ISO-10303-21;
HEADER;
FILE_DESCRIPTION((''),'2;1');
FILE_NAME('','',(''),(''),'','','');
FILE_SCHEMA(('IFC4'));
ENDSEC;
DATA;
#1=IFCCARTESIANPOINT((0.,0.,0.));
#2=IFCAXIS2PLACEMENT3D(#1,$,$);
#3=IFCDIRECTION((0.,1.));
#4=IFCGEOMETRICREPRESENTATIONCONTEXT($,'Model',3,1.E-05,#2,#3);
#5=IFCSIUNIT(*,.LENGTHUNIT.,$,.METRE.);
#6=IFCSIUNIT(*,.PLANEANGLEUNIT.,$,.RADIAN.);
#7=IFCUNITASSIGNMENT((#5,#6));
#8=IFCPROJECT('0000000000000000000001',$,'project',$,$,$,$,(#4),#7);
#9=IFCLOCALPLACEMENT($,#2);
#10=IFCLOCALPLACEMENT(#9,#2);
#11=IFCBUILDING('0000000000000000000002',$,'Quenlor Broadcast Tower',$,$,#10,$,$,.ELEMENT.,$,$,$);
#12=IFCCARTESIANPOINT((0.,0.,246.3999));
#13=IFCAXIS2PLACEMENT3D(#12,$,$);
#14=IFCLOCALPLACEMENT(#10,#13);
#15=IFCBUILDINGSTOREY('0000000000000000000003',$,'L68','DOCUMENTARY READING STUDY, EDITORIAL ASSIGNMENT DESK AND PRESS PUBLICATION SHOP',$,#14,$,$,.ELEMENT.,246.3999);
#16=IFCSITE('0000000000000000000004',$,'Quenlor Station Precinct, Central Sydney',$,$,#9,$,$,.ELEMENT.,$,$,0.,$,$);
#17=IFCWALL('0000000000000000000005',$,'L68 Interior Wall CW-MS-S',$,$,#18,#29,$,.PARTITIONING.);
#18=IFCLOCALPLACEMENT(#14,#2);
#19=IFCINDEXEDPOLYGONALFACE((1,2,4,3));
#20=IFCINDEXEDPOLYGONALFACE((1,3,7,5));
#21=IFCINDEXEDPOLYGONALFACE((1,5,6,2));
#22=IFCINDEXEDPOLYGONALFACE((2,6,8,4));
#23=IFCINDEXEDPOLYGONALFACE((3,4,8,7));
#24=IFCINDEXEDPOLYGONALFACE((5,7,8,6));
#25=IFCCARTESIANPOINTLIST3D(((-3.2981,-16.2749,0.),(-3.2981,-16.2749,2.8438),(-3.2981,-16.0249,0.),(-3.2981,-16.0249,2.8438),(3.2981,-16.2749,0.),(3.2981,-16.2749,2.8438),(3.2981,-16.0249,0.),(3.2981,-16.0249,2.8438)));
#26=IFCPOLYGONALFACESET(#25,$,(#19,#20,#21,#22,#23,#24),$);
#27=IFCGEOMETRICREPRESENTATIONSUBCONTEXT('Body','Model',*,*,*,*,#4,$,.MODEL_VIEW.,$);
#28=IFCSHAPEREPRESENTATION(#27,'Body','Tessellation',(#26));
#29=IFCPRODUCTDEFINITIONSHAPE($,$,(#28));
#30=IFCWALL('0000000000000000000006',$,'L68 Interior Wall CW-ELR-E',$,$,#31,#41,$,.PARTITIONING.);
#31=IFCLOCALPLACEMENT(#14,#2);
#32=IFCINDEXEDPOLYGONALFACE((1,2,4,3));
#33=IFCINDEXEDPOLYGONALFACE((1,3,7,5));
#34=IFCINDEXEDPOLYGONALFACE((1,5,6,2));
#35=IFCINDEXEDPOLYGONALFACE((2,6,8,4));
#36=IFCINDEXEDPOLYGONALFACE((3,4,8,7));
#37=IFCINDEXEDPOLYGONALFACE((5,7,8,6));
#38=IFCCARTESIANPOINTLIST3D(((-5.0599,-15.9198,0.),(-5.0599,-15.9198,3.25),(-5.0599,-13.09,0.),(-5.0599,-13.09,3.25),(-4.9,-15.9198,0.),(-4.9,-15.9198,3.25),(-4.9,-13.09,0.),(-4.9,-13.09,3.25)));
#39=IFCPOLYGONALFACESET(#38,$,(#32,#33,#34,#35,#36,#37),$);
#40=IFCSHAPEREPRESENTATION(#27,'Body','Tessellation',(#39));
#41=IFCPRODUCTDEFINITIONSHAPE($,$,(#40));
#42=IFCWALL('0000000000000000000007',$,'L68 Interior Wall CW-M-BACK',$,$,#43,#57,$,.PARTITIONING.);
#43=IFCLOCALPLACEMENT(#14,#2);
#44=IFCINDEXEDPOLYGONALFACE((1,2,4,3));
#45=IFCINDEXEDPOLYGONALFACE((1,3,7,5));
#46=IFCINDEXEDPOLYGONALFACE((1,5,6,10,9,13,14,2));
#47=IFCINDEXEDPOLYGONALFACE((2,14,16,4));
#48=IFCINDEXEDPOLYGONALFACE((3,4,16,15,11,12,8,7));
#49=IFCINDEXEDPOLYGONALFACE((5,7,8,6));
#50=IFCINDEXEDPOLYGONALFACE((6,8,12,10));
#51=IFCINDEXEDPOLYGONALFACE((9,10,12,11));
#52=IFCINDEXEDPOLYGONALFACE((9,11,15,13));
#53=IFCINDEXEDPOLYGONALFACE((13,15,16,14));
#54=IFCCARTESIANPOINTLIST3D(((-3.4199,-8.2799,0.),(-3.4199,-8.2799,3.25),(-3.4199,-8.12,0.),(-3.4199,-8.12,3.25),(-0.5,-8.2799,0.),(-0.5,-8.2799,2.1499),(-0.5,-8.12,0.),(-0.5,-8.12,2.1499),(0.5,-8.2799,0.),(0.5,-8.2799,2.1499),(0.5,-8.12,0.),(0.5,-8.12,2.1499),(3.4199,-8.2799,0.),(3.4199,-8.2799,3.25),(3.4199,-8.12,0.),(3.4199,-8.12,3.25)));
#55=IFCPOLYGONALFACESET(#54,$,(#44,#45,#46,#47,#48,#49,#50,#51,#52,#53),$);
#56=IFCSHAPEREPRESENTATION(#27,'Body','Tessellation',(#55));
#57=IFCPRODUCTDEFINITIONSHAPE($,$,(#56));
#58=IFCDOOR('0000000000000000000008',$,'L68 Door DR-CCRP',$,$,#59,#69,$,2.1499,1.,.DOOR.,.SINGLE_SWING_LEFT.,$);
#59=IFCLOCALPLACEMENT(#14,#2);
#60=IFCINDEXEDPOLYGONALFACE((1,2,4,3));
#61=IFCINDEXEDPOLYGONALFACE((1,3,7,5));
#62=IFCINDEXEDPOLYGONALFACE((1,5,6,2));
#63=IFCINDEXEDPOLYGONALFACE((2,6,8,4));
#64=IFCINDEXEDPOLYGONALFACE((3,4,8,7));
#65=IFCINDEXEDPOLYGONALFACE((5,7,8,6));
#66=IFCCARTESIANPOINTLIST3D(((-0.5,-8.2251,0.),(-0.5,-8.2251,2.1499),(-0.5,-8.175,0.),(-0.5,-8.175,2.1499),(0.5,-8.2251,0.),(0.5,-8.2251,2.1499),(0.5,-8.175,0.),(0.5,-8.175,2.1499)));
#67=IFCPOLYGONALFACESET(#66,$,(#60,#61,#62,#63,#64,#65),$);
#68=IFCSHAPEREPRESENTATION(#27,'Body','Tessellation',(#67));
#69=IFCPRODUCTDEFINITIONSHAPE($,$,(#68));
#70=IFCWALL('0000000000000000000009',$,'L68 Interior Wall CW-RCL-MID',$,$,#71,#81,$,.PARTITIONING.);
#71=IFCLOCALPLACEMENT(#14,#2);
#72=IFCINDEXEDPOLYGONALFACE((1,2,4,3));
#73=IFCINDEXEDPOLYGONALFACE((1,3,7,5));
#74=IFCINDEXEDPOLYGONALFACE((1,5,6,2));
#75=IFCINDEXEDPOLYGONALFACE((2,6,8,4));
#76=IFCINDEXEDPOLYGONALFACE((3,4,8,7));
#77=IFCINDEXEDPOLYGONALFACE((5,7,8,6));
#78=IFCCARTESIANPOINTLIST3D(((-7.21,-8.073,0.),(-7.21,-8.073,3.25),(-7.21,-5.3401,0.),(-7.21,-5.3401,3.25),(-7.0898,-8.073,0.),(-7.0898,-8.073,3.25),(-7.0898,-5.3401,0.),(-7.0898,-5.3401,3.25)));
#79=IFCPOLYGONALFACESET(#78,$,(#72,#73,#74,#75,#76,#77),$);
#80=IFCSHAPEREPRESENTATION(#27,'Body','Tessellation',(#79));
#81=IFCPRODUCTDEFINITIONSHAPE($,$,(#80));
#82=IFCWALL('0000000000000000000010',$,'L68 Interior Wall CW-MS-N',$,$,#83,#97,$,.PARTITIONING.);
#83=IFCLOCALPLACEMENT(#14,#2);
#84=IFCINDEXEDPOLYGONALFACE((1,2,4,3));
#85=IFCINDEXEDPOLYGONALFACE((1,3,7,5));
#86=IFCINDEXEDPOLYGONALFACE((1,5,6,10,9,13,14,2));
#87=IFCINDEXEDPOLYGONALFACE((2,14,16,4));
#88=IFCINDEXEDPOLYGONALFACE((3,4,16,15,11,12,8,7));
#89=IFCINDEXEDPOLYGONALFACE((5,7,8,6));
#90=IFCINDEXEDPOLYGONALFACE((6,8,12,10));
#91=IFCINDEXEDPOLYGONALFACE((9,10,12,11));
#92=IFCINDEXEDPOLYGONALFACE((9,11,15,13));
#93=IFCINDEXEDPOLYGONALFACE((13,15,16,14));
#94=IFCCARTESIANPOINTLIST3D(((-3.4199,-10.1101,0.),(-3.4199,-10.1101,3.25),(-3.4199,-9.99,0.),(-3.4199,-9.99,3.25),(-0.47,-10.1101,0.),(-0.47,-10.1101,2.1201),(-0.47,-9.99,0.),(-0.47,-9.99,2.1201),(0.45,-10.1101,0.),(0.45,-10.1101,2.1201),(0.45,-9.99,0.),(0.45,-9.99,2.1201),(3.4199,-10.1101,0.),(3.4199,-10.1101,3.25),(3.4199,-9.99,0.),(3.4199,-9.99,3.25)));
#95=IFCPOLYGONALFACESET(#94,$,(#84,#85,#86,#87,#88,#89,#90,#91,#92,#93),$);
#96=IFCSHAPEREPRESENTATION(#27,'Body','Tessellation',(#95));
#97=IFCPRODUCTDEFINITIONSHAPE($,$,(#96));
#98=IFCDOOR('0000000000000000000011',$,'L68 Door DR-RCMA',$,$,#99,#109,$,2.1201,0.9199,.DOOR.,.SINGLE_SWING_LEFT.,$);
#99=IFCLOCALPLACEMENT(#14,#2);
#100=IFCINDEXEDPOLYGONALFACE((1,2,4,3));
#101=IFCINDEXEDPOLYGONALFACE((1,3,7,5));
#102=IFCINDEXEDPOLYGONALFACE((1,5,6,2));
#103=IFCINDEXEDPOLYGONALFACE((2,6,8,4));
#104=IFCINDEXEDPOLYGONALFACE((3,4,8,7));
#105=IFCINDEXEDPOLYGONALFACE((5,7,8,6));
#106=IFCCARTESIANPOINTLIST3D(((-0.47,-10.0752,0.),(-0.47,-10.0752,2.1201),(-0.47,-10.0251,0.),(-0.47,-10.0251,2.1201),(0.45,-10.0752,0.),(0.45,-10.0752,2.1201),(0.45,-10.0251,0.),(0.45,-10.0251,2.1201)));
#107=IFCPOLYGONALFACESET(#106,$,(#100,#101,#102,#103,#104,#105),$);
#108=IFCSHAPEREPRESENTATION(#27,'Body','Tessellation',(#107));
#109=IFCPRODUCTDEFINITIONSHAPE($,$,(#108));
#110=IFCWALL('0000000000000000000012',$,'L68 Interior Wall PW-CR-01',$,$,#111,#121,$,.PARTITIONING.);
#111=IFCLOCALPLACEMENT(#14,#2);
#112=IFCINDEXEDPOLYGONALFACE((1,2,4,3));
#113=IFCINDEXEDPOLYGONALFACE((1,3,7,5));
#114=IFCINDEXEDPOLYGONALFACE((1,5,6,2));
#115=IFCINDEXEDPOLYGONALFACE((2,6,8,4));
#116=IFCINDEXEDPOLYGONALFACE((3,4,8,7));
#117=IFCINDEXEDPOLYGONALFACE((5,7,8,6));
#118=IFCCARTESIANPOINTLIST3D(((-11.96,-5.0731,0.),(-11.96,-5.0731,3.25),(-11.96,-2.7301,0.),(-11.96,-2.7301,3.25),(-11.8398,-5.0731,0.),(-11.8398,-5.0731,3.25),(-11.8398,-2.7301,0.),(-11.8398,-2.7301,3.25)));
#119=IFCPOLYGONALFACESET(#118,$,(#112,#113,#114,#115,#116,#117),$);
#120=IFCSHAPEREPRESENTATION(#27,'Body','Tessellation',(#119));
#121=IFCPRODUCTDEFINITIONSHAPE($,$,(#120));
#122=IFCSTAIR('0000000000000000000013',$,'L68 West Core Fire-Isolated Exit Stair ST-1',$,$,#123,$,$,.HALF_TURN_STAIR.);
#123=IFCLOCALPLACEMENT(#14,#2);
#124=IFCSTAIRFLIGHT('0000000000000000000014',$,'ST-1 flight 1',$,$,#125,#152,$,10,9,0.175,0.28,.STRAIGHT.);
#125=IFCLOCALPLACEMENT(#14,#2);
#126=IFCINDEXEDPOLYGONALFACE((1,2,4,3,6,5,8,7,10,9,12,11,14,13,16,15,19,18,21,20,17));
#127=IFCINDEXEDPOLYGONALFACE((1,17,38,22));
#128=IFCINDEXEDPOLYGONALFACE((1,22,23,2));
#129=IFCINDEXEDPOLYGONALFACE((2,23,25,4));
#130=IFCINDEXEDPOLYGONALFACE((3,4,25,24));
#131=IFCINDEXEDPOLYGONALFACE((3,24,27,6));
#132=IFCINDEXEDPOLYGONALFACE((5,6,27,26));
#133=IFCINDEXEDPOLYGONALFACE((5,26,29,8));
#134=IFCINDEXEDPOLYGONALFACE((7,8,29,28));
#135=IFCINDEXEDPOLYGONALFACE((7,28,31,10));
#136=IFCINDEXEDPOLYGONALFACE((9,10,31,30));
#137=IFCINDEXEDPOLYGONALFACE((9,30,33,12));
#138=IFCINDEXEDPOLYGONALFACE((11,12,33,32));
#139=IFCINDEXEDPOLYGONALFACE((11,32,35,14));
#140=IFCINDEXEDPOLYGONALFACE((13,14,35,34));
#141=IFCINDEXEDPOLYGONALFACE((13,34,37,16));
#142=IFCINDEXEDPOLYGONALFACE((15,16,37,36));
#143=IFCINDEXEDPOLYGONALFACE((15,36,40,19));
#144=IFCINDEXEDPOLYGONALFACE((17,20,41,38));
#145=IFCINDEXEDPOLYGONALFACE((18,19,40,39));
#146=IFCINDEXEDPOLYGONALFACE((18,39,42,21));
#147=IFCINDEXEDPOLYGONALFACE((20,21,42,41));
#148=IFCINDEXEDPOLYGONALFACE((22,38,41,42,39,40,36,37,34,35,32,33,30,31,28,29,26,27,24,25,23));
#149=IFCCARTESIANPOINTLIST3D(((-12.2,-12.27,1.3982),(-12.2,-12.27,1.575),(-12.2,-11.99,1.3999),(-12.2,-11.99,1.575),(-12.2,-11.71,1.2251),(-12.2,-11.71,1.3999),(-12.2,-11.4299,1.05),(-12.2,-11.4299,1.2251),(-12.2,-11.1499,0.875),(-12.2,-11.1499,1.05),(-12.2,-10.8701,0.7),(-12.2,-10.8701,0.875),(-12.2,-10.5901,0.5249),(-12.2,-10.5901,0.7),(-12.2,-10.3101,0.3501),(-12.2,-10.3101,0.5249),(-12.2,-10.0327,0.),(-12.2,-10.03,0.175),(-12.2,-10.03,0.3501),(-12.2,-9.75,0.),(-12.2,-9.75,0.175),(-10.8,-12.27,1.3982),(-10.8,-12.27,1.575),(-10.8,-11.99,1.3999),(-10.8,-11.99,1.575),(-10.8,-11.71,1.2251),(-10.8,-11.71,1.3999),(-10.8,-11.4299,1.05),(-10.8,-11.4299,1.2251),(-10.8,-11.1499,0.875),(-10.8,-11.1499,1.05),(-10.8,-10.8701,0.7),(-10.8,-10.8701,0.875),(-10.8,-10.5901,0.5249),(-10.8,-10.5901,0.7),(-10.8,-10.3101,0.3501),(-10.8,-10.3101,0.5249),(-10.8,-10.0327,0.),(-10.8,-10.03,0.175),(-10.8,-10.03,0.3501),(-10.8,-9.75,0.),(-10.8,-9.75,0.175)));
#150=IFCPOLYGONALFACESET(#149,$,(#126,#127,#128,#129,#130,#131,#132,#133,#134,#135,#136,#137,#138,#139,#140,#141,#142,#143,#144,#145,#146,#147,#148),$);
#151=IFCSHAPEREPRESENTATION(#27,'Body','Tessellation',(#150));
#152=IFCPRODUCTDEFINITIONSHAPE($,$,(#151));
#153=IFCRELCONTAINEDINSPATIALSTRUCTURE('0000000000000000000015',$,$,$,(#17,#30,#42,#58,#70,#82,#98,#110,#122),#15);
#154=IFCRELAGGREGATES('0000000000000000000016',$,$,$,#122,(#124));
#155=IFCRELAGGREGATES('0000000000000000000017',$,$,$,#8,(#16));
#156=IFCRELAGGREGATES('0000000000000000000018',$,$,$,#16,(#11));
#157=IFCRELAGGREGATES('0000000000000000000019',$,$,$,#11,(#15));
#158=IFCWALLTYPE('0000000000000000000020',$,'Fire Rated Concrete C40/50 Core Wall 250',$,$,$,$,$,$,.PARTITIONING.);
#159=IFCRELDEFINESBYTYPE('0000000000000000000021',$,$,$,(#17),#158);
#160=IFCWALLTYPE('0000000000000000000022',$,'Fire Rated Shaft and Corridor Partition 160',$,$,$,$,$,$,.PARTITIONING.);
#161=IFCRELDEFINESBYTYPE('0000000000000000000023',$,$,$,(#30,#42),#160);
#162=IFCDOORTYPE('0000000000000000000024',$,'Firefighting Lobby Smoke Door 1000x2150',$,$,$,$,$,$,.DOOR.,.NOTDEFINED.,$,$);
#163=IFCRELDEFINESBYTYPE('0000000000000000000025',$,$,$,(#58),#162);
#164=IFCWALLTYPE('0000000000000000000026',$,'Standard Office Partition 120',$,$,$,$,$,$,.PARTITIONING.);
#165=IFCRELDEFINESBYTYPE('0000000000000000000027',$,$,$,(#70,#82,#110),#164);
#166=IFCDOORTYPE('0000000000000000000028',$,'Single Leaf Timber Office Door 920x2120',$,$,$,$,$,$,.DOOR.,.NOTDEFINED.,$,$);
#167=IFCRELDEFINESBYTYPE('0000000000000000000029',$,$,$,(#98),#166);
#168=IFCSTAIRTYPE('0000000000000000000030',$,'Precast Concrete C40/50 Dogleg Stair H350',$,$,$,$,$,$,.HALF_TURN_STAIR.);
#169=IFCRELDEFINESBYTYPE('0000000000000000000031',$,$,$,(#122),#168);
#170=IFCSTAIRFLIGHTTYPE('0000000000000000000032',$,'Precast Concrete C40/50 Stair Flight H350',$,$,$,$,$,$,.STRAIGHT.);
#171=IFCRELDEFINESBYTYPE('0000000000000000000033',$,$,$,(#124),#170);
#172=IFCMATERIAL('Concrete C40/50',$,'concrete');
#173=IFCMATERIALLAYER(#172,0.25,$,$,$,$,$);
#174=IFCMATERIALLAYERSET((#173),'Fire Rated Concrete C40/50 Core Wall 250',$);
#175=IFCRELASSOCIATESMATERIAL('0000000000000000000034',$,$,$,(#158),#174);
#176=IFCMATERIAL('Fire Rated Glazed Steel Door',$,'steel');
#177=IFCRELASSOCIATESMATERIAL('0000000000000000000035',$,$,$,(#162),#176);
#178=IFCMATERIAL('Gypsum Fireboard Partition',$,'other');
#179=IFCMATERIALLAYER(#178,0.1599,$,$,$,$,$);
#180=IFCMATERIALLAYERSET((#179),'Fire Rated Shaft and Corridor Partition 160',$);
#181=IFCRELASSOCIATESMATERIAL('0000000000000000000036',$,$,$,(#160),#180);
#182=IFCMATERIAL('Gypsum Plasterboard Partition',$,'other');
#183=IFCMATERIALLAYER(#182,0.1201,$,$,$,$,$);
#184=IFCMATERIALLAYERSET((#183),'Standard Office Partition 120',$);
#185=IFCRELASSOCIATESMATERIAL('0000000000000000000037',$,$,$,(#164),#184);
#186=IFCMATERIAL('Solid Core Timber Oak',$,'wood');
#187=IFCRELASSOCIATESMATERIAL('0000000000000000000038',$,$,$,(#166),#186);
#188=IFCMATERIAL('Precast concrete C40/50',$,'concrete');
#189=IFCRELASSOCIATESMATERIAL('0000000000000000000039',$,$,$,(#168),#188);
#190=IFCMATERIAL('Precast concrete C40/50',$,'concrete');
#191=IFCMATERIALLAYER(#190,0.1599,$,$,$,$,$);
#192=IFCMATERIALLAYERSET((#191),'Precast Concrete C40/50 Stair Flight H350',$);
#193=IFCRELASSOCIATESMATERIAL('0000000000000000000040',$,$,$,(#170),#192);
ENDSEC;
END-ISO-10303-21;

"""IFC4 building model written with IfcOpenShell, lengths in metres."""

from ifc_helpers import new_model, si_unit, direction, frame, frame_2d, origin, place, context, subcontext, project, spatial, polyline, rectangle, outline, extrude, material, layer, layer_set, type_object, element, fill, aggregate, save


model = new_model("IFC4")

# Units and contexts
model_context = context("Model", 3, precision=1e-05, world=origin(), true_north=direction((0.0, 1.0)))
body_context = subcontext(model_context, "Body", "Model", "MODEL_VIEW")
ifc_project = project(units=[si_unit("LENGTHUNIT", "METRE"), si_unit("PLANEANGLEUNIT", "RADIAN")], contexts=[model_context])

# Site, building, storey
site_placement = place(None, origin())
site = spatial("IfcSite", under=ifc_project, at=site_placement, Name="Quenlor Station Precinct, Central Sydney", CompositionType="ELEMENT", RefElevation=0.0)
building_placement = place(site_placement, origin())
building = spatial("IfcBuilding", under=site, at=building_placement, Name="Quenlor Broadcast Tower", CompositionType="ELEMENT")
storey_placement = place(building_placement, frame((0.0, 0.0, 246.3999)))
storey = spatial("IfcBuildingStorey", under=building, at=storey_placement, Name="L68", Description="DOCUMENTARY READING STUDY, EDITORIAL ASSIGNMENT DESK AND PRESS PUBLICATION SHOP", CompositionType="ELEMENT", Elevation=246.3999)

# Shared definitions
ifc_material_1 = material(Name="Concrete C40/50", Category="concrete")
ifc_layer_1 = layer(ifc_material_1, 0.25)
ifc_layer_set_1 = layer_set([ifc_layer_1], Name="Fire Rated Concrete C40/50 Core Wall 250")
wall_type_1 = type_object("IfcWallType", Name="Fire Rated Concrete C40/50 Core Wall 250", PredefinedType="PARTITIONING", material=ifc_layer_set_1)

# Shared definitions
ifc_material_2 = material(Name="Fire Rated Glazed Steel Door", Category="steel")
door_type_1 = type_object("IfcDoorType", Name="Firefighting Lobby Smoke Door 1000x2150", OperationType="NOTDEFINED", PredefinedType="DOOR", material=ifc_material_2)

# Walls
wall_1_placement = place(storey_placement, frame((-3.2981, -16.1499, 0.0), z_axis=(0.0, 0.0, 1.0), x_axis=(1.0, 0.0, 0.0)))
element("IfcWall", 1, at=wall_1_placement, inside=storey, type_object=wall_type_1, Name="L68 Interior Wall CW-MS-S", PredefinedType="PARTITIONING", context=body_context, shape_type="SweptSolid", body=[
    extrude(rectangle(XDim=6.5962, YDim=0.25, at=frame_2d((3.2981, 0.0))), origin(), (0.0, 0.0, 1.0), 2.8438),
])
ifc_material_3 = material(Name="Gypsum Fireboard Partition", Category="other")
ifc_layer_2 = layer(ifc_material_3, 0.1599)
ifc_layer_set_2 = layer_set([ifc_layer_2], Name="Fire Rated Shaft and Corridor Partition 160")
wall_type_2 = type_object("IfcWallType", Name="Fire Rated Shaft and Corridor Partition 160", PredefinedType="PARTITIONING", material=ifc_layer_set_2)
wall_2_placement = place(storey_placement, frame((-4.98, -15.9199, 0.0), z_axis=(0.0, 0.0, 1.0), x_axis=(0.0, 1.0, 0.0)))
element("IfcWall", 2, at=wall_2_placement, inside=storey, type_object=wall_type_2, Name="L68 Interior Wall CW-ELR-E", PredefinedType="PARTITIONING", context=body_context, shape_type="SweptSolid", body=[
    extrude(rectangle(XDim=2.8298, YDim=0.1599, at=frame_2d((1.415, 0.0))), origin(), (0.0, 0.0, 1.0), 3.25),
])

# Wall, opening, door
wall_3_placement = place(storey_placement, frame((-3.4199, -8.2, 0.0), z_axis=(0.0, 0.0, 1.0), x_axis=(1.0, 0.0, 0.0)))
wall_3 = element("IfcWall", 3, at=wall_3_placement, inside=storey, type_object=wall_type_2, Name="L68 Interior Wall CW-M-BACK", PredefinedType="PARTITIONING", context=body_context, shape_type="SweptSolid", body=[
    extrude(rectangle(XDim=6.8398, YDim=0.1599, at=frame_2d((3.4199, 0.0))), origin(), (0.0, 0.0, 1.0), 3.25),
])
opening_1_placement = place(wall_3_placement, frame((2.9199, 0.0, 0.0)))
opening_1 = element("IfcOpeningElement", 4, at=opening_1_placement, cuts=wall_3, PredefinedType="OPENING", context=body_context, shape_type="SweptSolid", body=[
    extrude(rectangle(XDim=1.0, YDim=2.1499, at=frame_2d((0.5, 1.075))), frame((0.0, 0.0898, 0.0), z_axis=(0.0, -1.0, 0.0), x_axis=(1.0, 0.0, 0.0)), (0.0, 0.0, 1.0), 0.1799),
])
door_1_placement = place(opening_1_placement, origin())
door_1 = element("IfcDoor", 5, at=door_1_placement, inside=storey, type_object=door_type_1, Name="L68 Door DR-CCRP", OperationType="SINGLE_SWING_LEFT", OverallHeight=2.1499, OverallWidth=1.0, PredefinedType="DOOR", context=body_context, shape_type="SweptSolid", body=[
    extrude(rectangle(XDim=1.0, YDim=2.1499, at=frame_2d((0.5, 1.075))), frame((0.0, 0.0249, 0.0), z_axis=(0.0, -1.0, 0.0), x_axis=(1.0, 0.0, 0.0)), (0.0, 0.0, 1.0), 0.05),
])
fill(opening_1, door_1)

# Wall
ifc_material_4 = material(Name="Gypsum Plasterboard Partition", Category="other")
ifc_layer_3 = layer(ifc_material_4, 0.1201)
ifc_layer_set_3 = layer_set([ifc_layer_3], Name="Standard Office Partition 120")
wall_type_3 = type_object("IfcWallType", Name="Standard Office Partition 120", PredefinedType="PARTITIONING", material=ifc_layer_set_3)
wall_4_placement = place(storey_placement, frame((-7.1499, -8.073, 0.0), z_axis=(0.0, 0.0, 1.0), x_axis=(0.0, 1.0, 0.0)))
element("IfcWall", 6, at=wall_4_placement, inside=storey, type_object=wall_type_3, Name="L68 Interior Wall CW-RCL-MID", PredefinedType="PARTITIONING", context=body_context, shape_type="SweptSolid", body=[
    extrude(rectangle(XDim=2.7329, YDim=0.1201, at=frame_2d((1.3665, 0.0))), origin(), (0.0, 0.0, 1.0), 3.25),
])

# Wall, opening, door
wall_5_placement = place(storey_placement, frame((-3.4199, -10.05, 0.0), z_axis=(0.0, 0.0, 1.0), x_axis=(1.0, 0.0, 0.0)))
wall_5 = element("IfcWall", 7, at=wall_5_placement, inside=storey, type_object=wall_type_3, Name="L68 Interior Wall CW-MS-N", PredefinedType="PARTITIONING", context=body_context, shape_type="SweptSolid", body=[
    extrude(rectangle(XDim=6.8398, YDim=0.1201, at=frame_2d((3.4199, 0.0))), origin(), (0.0, 0.0, 1.0), 3.25),
])
opening_2_placement = place(wall_5_placement, frame((2.95, 0.0, 0.0)))
opening_2 = element("IfcOpeningElement", 8, at=opening_2_placement, cuts=wall_5, PredefinedType="OPENING", context=body_context, shape_type="SweptSolid", body=[
    extrude(rectangle(XDim=0.9199, YDim=2.1201, at=frame_2d((0.46, 1.0601))), frame((0.0, 0.0701, 0.0), z_axis=(0.0, -1.0, 0.0), x_axis=(1.0, 0.0, 0.0)), (0.0, 0.0, 1.0), 0.1401),
])
ifc_material_5 = material(Name="Solid Core Timber Oak", Category="wood")
door_type_2 = type_object("IfcDoorType", Name="Single Leaf Timber Office Door 920x2120", OperationType="NOTDEFINED", PredefinedType="DOOR", material=ifc_material_5)
door_2_placement = place(opening_2_placement, origin())
door_2 = element("IfcDoor", 9, at=door_2_placement, inside=storey, type_object=door_type_2, Name="L68 Door DR-RCMA", OperationType="SINGLE_SWING_LEFT", OverallHeight=2.1201, OverallWidth=0.9199, PredefinedType="DOOR", context=body_context, shape_type="SweptSolid", body=[
    extrude(rectangle(XDim=0.9199, YDim=2.1201, at=frame_2d((0.46, 1.0601))), frame((0.0, 0.0249, 0.0), z_axis=(0.0, -1.0, 0.0), x_axis=(1.0, 0.0, 0.0)), (0.0, 0.0, 1.0), 0.05),
])
fill(opening_2, door_2)

# Wall
wall_6_placement = place(storey_placement, frame((-11.8999, -5.073, 0.0), z_axis=(0.0, 0.0, 1.0), x_axis=(0.0, 1.0, 0.0)))
element("IfcWall", 10, at=wall_6_placement, inside=storey, type_object=wall_type_3, Name="L68 Interior Wall PW-CR-01", PredefinedType="PARTITIONING", context=body_context, shape_type="SweptSolid", body=[
    extrude(rectangle(XDim=2.343, YDim=0.1201, at=frame_2d((1.1714, 0.0))), origin(), (0.0, 0.0, 1.0), 3.25),
])

# Stair, stair flight
ifc_material_6 = material(Name="Precast concrete C40/50", Category="concrete")
stair_type = type_object("IfcStairType", Name="Precast Concrete C40/50 Dogleg Stair H350", PredefinedType="HALF_TURN_STAIR", material=ifc_material_6)
stair_placement = place(storey_placement, origin())
stair = element("IfcStair", 11, at=stair_placement, inside=storey, type_object=stair_type, Name="L68 West Core Fire-Isolated Exit Stair ST-1", PredefinedType="HALF_TURN_STAIR")
ifc_material_7 = material(Name="Precast concrete C40/50", Category="concrete")
ifc_layer_4 = layer(ifc_material_7, 0.1599)
ifc_layer_set_4 = layer_set([ifc_layer_4], Name="Precast Concrete C40/50 Stair Flight H350")
stair_flight_type = type_object("IfcStairFlightType", Name="Precast Concrete C40/50 Stair Flight H350", PredefinedType="STRAIGHT", material=ifc_layer_set_4)
stair_flight_1_placement = place(storey_placement, frame((-11.5, -9.75, 0.0), z_axis=(0.0, 0.0, 1.0), x_axis=(0.0, -1.0, 0.0)))
stair_flight_1 = element("IfcStairFlight", 12, at=stair_flight_1_placement, type_object=stair_flight_type, Name="ST-1 flight 1", NumberOfRisers=10, NumberOfTreads=9, PredefinedType="STRAIGHT", RiserHeight=0.175, TreadLength=0.28, context=body_context, shape_type="SweptSolid", body=[
    extrude(outline(polyline([(0.0, 0.0), (0.0, 0.175), (0.28, 0.175), (0.28, 0.3501), (0.5601, 0.3501), (0.5601, 0.5249), (0.8401, 0.5249), (0.8401, 0.7), (1.1201, 0.7), (1.1201, 0.875), (1.3999, 0.875), (1.3999, 1.05), (1.6799, 1.05), (1.6799, 1.2251), (1.96, 1.2251), (1.96, 1.3999), (2.24, 1.3999), (2.24, 1.575), (2.52, 1.575), (2.52, 1.75), (2.52, 1.3982), (0.2827, 0.0), (0.0, 0.0)])), frame((0.0, 0.7, 0.0), z_axis=(0.0, -1.0, 0.0), x_axis=(1.0, 0.0, 0.0)), (0.0, 0.0, 1.0), 1.3999),
])
aggregate(stair, [stair_flight_1])

save(model, "model.ifc")
